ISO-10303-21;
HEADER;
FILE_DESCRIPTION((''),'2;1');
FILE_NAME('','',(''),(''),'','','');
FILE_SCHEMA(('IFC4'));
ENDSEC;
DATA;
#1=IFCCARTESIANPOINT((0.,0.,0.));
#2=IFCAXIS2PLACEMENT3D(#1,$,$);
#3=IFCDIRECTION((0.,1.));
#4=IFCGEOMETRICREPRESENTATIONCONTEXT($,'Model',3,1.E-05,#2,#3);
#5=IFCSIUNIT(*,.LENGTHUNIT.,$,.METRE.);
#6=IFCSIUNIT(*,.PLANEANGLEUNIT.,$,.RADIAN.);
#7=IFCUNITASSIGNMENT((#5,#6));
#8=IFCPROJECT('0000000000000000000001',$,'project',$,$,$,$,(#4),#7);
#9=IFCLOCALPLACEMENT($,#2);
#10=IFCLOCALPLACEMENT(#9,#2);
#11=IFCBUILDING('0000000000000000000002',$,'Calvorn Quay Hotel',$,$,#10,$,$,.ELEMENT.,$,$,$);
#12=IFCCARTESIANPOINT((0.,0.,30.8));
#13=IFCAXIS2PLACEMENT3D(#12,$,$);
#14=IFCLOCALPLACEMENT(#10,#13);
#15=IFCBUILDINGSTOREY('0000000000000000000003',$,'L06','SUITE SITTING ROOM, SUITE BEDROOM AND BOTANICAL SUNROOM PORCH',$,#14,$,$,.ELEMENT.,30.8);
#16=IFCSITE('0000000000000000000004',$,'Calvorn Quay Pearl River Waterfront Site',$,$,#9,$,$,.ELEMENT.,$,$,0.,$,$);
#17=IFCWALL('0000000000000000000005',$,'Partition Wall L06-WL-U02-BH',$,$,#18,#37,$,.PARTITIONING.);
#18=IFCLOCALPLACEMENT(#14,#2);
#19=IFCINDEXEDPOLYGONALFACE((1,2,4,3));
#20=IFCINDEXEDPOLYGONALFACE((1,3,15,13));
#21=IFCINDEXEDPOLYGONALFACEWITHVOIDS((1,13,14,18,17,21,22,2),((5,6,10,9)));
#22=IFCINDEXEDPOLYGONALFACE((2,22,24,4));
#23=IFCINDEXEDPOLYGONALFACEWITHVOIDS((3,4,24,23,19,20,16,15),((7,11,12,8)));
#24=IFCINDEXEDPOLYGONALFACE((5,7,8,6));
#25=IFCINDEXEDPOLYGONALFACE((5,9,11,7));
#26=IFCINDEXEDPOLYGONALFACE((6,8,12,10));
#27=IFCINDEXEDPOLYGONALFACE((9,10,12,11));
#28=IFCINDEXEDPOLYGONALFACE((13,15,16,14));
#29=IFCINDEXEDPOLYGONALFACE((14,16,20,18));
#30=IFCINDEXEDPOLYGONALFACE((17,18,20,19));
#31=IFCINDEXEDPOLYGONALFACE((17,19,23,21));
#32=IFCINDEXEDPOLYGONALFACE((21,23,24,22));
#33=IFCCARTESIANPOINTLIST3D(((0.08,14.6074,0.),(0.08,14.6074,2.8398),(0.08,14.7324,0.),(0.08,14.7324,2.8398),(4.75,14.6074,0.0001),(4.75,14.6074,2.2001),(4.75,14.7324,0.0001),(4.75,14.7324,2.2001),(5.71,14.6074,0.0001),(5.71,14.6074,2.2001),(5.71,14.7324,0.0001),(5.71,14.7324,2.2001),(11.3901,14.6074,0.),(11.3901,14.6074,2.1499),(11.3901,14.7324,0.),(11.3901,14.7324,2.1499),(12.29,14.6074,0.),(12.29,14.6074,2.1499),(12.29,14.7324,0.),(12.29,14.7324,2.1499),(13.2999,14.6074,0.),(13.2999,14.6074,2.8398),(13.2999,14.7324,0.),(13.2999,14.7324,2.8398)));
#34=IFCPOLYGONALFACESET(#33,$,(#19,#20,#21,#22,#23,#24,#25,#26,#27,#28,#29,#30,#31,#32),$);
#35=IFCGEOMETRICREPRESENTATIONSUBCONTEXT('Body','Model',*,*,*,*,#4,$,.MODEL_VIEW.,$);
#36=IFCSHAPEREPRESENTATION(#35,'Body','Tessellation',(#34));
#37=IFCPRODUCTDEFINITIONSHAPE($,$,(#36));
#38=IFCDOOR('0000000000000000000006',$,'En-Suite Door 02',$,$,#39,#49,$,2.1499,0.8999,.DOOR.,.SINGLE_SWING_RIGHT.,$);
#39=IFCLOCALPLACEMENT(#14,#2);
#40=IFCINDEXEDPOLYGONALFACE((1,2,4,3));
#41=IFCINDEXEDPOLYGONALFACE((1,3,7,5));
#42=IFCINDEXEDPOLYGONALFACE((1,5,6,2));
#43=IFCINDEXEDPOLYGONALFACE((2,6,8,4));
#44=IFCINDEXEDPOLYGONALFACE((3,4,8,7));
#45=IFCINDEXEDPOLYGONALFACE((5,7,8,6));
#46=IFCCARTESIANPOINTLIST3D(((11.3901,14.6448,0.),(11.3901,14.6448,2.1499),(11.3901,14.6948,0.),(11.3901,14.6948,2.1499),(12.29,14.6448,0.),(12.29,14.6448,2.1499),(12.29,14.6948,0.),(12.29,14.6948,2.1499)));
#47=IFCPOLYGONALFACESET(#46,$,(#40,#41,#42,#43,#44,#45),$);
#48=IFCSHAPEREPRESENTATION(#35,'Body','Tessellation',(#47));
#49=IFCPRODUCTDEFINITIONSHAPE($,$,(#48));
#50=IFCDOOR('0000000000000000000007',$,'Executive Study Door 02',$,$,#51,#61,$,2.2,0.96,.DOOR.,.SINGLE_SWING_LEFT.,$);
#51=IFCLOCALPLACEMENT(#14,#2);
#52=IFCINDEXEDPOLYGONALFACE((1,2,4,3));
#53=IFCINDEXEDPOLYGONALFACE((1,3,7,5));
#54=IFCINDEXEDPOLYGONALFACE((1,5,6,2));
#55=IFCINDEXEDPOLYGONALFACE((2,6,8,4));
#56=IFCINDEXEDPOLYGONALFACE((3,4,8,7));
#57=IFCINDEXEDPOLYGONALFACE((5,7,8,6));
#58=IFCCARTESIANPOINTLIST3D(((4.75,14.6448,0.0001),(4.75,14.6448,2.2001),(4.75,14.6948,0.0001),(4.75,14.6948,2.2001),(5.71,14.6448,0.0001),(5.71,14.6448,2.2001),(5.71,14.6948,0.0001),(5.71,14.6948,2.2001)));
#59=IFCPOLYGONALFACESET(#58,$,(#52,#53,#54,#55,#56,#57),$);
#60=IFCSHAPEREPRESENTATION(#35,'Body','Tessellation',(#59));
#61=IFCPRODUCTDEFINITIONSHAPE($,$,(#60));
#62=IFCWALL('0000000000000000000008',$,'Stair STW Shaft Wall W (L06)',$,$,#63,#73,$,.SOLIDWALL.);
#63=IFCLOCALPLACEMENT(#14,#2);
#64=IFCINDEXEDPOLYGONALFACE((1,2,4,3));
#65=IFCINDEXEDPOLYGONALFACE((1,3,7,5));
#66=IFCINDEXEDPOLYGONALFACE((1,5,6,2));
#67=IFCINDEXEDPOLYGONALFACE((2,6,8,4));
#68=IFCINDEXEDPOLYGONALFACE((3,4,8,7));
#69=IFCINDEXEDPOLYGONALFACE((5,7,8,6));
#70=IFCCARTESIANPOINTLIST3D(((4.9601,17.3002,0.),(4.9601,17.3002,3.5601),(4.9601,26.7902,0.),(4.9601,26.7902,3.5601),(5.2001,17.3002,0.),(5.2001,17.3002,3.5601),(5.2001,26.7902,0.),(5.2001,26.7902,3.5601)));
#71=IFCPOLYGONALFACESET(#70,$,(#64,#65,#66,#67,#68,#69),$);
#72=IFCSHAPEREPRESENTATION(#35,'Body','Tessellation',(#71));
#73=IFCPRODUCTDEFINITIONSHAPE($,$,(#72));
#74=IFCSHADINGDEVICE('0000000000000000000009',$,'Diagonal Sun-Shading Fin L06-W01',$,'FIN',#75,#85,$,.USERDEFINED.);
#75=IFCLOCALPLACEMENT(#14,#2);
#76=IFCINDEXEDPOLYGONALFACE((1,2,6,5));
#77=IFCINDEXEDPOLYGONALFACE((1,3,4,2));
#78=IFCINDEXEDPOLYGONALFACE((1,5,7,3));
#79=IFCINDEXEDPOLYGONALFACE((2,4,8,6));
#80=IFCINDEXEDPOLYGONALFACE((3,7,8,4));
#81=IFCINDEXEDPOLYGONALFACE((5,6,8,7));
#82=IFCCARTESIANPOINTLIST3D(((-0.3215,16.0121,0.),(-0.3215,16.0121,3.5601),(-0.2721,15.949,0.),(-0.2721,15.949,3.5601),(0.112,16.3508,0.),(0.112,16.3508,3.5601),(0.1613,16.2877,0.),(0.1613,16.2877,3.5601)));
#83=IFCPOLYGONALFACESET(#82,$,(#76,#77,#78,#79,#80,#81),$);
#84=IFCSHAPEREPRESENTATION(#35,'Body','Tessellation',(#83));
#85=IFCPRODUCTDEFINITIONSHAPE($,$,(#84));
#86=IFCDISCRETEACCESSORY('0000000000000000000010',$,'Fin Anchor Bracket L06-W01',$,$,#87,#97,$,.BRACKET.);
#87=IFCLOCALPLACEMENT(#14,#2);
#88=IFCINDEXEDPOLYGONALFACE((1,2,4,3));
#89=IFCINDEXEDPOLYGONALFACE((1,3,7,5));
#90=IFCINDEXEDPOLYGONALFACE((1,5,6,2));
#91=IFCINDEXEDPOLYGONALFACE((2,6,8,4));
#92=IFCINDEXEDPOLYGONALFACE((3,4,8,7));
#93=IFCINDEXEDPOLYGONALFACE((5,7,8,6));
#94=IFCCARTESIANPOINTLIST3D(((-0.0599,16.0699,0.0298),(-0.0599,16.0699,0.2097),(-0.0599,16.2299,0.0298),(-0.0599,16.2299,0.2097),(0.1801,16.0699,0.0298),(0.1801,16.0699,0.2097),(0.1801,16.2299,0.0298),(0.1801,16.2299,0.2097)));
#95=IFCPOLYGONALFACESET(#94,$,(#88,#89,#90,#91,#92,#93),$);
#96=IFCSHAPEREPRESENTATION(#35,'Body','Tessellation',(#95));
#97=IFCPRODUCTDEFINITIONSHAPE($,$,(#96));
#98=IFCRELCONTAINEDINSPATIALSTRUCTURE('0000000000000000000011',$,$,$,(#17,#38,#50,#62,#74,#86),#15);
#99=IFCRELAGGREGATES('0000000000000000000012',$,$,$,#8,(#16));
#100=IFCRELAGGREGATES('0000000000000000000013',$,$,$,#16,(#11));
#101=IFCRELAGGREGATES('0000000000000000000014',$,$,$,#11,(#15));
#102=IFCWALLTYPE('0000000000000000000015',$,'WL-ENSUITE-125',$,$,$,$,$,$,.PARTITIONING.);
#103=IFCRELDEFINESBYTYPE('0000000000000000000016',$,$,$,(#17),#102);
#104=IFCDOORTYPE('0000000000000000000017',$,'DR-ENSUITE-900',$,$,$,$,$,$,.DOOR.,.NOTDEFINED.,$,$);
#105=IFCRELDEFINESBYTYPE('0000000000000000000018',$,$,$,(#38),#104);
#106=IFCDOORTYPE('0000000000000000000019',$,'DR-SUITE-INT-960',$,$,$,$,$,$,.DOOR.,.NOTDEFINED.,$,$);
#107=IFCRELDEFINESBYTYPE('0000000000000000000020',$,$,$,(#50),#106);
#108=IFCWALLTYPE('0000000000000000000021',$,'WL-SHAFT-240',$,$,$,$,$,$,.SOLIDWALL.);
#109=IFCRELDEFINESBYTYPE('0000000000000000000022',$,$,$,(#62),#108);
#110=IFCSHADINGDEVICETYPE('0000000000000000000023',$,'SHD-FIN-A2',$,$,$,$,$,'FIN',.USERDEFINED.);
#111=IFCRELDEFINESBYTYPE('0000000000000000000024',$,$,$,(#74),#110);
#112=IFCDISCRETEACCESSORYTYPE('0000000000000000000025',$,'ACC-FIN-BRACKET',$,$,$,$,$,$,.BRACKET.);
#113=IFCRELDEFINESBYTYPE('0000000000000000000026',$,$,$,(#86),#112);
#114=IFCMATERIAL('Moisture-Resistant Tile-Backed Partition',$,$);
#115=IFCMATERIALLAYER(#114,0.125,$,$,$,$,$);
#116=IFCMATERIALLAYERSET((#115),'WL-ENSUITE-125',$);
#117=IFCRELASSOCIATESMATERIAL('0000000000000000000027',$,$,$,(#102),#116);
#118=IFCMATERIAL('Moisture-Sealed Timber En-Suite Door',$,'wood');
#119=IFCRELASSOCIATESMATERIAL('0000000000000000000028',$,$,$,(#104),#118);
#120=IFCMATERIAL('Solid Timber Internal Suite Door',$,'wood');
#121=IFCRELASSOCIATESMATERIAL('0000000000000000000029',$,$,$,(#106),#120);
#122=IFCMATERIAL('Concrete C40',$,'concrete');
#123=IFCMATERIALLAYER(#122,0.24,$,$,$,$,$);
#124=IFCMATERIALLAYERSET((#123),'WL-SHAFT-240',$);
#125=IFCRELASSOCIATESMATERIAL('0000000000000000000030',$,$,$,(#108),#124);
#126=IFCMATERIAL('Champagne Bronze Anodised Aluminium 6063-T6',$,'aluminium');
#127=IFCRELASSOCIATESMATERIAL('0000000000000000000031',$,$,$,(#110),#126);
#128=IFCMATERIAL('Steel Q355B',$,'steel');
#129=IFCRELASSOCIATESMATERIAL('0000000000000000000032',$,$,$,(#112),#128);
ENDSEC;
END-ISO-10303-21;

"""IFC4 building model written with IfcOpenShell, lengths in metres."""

from ifc_helpers import new_model, si_unit, direction, frame, frame_2d, origin, origin_2d, place, context, subcontext, project, spatial, rectangle, extrude, material, layer, layer_set, type_object, element, fill, save


model = new_model("IFC4")

# Units and contexts
model_context = context("Model", 3, precision=1e-05, world=origin(), true_north=direction((0.0, 1.0)))
body_context = subcontext(model_context, "Body", "Model", "MODEL_VIEW")
ifc_project = project(units=[si_unit("LENGTHUNIT", "METRE"), si_unit("PLANEANGLEUNIT", "RADIAN")], contexts=[model_context])

# Site, building, storey
site_placement = place(None, origin())
site = spatial("IfcSite", under=ifc_project, at=site_placement, Name="Calvorn Quay Pearl River Waterfront Site", CompositionType="ELEMENT", RefElevation=0.0)
building_placement = place(site_placement, origin())
building = spatial("IfcBuilding", under=site, at=building_placement, Name="Calvorn Quay Hotel", CompositionType="ELEMENT")
storey_placement = place(building_placement, frame((0.0, 0.0, 30.8)))
storey = spatial("IfcBuildingStorey", under=building, at=storey_placement, Name="L06", Description="SUITE SITTING ROOM, SUITE BEDROOM AND BOTANICAL SUNROOM PORCH", CompositionType="ELEMENT", Elevation=30.8)

# Wall, openings, doors
ifc_material_1 = material(Name="Moisture-Resistant Tile-Backed Partition")
ifc_layer_1 = layer(ifc_material_1, 0.125)
ifc_layer_set_1 = layer_set([ifc_layer_1], Name="WL-ENSUITE-125")
wall_type_1 = type_object("IfcWallType", Name="WL-ENSUITE-125", PredefinedType="PARTITIONING", material=ifc_layer_set_1)
wall_1_placement = place(storey_placement, frame((0.0801, 14.6699, 0.0), z_axis=(0.0, 0.0, 1.0), x_axis=(1.0, 0.0, 0.0)))
wall_1 = element("IfcWall", 1, at=wall_1_placement, inside=storey, type_object=wall_type_1, Name="Partition Wall L06-WL-U02-BH", PredefinedType="PARTITIONING", context=body_context, shape_type="SweptSolid", body=[
    extrude(rectangle(XDim=13.22, YDim=0.125, at=frame_2d((6.6099, 0.0))), origin(), (0.0, 0.0, 1.0), 2.8398),
])
opening_1_placement = place(wall_1_placement, frame((4.6699, 0.0, 0.0)))
opening_1 = element("IfcOpeningElement", 2, at=opening_1_placement, cuts=wall_1, PredefinedType="OPENING", context=body_context, shape_type="SweptSolid", body=[
    extrude(rectangle(XDim=0.96, YDim=2.2, at=frame_2d((0.48, 1.1001))), frame((0.0, 0.0725, 0.0), z_axis=(0.0, -1.0, 0.0), x_axis=(1.0, 0.0, 0.0)), (0.0, 0.0, 1.0), 0.145),
])
opening_2_placement = place(wall_1_placement, frame((11.3101, 0.0, 0.0)))
opening_2 = element("IfcOpeningElement", 3, at=opening_2_placement, cuts=wall_1, PredefinedType="OPENING", context=body_context, shape_type="SweptSolid", body=[
    extrude(rectangle(XDim=0.8999, YDim=2.1499, at=frame_2d((0.45, 1.075))), frame((0.0, 0.0725, 0.0), z_axis=(0.0, -1.0, 0.0), x_axis=(1.0, 0.0, 0.0)), (0.0, 0.0, 1.0), 0.145),
])
ifc_material_2 = material(Name="Moisture-Sealed Timber En-Suite Door", Category="wood")
door_type_1 = type_object("IfcDoorType", Name="DR-ENSUITE-900", OperationType="NOTDEFINED", PredefinedType="DOOR", material=ifc_material_2)
door_1_placement = place(opening_2_placement, origin())
door_1 = element("IfcDoor", 4, at=door_1_placement, inside=storey, type_object=door_type_1, Name="En-Suite Door 02", OperationType="SINGLE_SWING_RIGHT", OverallHeight=2.1499, OverallWidth=0.8999, PredefinedType="DOOR", context=body_context, shape_type="SweptSolid", body=[
    extrude(rectangle(XDim=0.8999, YDim=2.1499, at=frame_2d((0.45, 1.075))), frame((0.0, 0.0249, 0.0), z_axis=(0.0, -1.0, 0.0), x_axis=(1.0, 0.0, 0.0)), (0.0, 0.0, 1.0), 0.05),
])
fill(opening_2, door_1)
ifc_material_3 = material(Name="Solid Timber Internal Suite Door", Category="wood")
door_type_2 = type_object("IfcDoorType", Name="DR-SUITE-INT-960", OperationType="NOTDEFINED", PredefinedType="DOOR", material=ifc_material_3)
door_2_placement = place(opening_1_placement, origin())
door_2 = element("IfcDoor", 5, at=door_2_placement, inside=storey, type_object=door_type_2, Name="Executive Study Door 02", OperationType="SINGLE_SWING_LEFT", OverallHeight=2.2, OverallWidth=0.96, PredefinedType="DOOR", context=body_context, shape_type="SweptSolid", body=[
    extrude(rectangle(XDim=0.96, YDim=2.2, at=frame_2d((0.48, 1.1001))), frame((0.0, 0.0249, 0.0), z_axis=(0.0, -1.0, 0.0), x_axis=(1.0, 0.0, 0.0)), (0.0, 0.0, 1.0), 0.05),
])
fill(opening_1, door_2)

# Wall
ifc_material_4 = material(Name="Concrete C40", Category="concrete")
ifc_layer_2 = layer(ifc_material_4, 0.24)
ifc_layer_set_2 = layer_set([ifc_layer_2], Name="WL-SHAFT-240")
wall_type_2 = type_object("IfcWallType", Name="WL-SHAFT-240", PredefinedType="SOLIDWALL", material=ifc_layer_set_2)
wall_2_placement = place(storey_placement, frame((5.0801, 17.3, 0.0), z_axis=(0.0, 0.0, 1.0), x_axis=(0.0, 1.0, 0.0)))
element("IfcWall", 6, at=wall_2_placement, inside=storey, type_object=wall_type_2, Name="Stair STW Shaft Wall W (L06)", PredefinedType="SOLIDWALL", context=body_context, shape_type="SweptSolid", body=[
    extrude(rectangle(XDim=9.49, YDim=0.24, at=frame_2d((4.7451, 0.0))), origin(), (0.0, 0.0, 1.0), 3.5601),
])

# Shading device
ifc_material_5 = material(Name="Champagne Bronze Anodised Aluminium 6063-T6", Category="aluminium")
shading_device_type = type_object("IfcShadingDeviceType", Name="SHD-FIN-A2", ElementType="FIN", PredefinedType="USERDEFINED", material=ifc_material_5)
shading_device_placement = place(storey_placement, frame((-0.0801, 16.1499, 0.0), z_axis=(0.0, 0.0, 1.0), x_axis=(0.788011, 0.615661, 0.0)))
element("IfcShadingDevice", 7, at=shading_device_placement, inside=storey, type_object=shading_device_type, Name="Diagonal Sun-Shading Fin L06-W01", ObjectType="FIN", PredefinedType="USERDEFINED", context=body_context, shape_type="SweptSolid", body=[
    extrude(rectangle(XDim=0.55, YDim=0.0801, at=origin_2d()), origin(), (0.0, 0.0, 1.0), 3.5601),
])

# Discrete accessory
ifc_material_6 = material(Name="Steel Q355B", Category="steel")
discrete_accessory_type = type_object("IfcDiscreteAccessoryType", Name="ACC-FIN-BRACKET", PredefinedType="BRACKET", material=ifc_material_6)
discrete_accessory_placement = place(storey_placement, frame((0.0601, 16.1499, 0.0298), z_axis=(0.0, 0.0, 1.0), x_axis=(1.0, 0.0, 0.0)))
element("IfcDiscreteAccessory", 8, at=discrete_accessory_placement, inside=storey, type_object=discrete_accessory_type, Name="Fin Anchor Bracket L06-W01", PredefinedType="BRACKET", context=body_context, shape_type="SweptSolid", body=[
    extrude(rectangle(XDim=0.24, YDim=0.1599, at=origin_2d()), origin(), (0.0, 0.0, 1.0), 0.1799),
])

save(model, "model.ifc")
